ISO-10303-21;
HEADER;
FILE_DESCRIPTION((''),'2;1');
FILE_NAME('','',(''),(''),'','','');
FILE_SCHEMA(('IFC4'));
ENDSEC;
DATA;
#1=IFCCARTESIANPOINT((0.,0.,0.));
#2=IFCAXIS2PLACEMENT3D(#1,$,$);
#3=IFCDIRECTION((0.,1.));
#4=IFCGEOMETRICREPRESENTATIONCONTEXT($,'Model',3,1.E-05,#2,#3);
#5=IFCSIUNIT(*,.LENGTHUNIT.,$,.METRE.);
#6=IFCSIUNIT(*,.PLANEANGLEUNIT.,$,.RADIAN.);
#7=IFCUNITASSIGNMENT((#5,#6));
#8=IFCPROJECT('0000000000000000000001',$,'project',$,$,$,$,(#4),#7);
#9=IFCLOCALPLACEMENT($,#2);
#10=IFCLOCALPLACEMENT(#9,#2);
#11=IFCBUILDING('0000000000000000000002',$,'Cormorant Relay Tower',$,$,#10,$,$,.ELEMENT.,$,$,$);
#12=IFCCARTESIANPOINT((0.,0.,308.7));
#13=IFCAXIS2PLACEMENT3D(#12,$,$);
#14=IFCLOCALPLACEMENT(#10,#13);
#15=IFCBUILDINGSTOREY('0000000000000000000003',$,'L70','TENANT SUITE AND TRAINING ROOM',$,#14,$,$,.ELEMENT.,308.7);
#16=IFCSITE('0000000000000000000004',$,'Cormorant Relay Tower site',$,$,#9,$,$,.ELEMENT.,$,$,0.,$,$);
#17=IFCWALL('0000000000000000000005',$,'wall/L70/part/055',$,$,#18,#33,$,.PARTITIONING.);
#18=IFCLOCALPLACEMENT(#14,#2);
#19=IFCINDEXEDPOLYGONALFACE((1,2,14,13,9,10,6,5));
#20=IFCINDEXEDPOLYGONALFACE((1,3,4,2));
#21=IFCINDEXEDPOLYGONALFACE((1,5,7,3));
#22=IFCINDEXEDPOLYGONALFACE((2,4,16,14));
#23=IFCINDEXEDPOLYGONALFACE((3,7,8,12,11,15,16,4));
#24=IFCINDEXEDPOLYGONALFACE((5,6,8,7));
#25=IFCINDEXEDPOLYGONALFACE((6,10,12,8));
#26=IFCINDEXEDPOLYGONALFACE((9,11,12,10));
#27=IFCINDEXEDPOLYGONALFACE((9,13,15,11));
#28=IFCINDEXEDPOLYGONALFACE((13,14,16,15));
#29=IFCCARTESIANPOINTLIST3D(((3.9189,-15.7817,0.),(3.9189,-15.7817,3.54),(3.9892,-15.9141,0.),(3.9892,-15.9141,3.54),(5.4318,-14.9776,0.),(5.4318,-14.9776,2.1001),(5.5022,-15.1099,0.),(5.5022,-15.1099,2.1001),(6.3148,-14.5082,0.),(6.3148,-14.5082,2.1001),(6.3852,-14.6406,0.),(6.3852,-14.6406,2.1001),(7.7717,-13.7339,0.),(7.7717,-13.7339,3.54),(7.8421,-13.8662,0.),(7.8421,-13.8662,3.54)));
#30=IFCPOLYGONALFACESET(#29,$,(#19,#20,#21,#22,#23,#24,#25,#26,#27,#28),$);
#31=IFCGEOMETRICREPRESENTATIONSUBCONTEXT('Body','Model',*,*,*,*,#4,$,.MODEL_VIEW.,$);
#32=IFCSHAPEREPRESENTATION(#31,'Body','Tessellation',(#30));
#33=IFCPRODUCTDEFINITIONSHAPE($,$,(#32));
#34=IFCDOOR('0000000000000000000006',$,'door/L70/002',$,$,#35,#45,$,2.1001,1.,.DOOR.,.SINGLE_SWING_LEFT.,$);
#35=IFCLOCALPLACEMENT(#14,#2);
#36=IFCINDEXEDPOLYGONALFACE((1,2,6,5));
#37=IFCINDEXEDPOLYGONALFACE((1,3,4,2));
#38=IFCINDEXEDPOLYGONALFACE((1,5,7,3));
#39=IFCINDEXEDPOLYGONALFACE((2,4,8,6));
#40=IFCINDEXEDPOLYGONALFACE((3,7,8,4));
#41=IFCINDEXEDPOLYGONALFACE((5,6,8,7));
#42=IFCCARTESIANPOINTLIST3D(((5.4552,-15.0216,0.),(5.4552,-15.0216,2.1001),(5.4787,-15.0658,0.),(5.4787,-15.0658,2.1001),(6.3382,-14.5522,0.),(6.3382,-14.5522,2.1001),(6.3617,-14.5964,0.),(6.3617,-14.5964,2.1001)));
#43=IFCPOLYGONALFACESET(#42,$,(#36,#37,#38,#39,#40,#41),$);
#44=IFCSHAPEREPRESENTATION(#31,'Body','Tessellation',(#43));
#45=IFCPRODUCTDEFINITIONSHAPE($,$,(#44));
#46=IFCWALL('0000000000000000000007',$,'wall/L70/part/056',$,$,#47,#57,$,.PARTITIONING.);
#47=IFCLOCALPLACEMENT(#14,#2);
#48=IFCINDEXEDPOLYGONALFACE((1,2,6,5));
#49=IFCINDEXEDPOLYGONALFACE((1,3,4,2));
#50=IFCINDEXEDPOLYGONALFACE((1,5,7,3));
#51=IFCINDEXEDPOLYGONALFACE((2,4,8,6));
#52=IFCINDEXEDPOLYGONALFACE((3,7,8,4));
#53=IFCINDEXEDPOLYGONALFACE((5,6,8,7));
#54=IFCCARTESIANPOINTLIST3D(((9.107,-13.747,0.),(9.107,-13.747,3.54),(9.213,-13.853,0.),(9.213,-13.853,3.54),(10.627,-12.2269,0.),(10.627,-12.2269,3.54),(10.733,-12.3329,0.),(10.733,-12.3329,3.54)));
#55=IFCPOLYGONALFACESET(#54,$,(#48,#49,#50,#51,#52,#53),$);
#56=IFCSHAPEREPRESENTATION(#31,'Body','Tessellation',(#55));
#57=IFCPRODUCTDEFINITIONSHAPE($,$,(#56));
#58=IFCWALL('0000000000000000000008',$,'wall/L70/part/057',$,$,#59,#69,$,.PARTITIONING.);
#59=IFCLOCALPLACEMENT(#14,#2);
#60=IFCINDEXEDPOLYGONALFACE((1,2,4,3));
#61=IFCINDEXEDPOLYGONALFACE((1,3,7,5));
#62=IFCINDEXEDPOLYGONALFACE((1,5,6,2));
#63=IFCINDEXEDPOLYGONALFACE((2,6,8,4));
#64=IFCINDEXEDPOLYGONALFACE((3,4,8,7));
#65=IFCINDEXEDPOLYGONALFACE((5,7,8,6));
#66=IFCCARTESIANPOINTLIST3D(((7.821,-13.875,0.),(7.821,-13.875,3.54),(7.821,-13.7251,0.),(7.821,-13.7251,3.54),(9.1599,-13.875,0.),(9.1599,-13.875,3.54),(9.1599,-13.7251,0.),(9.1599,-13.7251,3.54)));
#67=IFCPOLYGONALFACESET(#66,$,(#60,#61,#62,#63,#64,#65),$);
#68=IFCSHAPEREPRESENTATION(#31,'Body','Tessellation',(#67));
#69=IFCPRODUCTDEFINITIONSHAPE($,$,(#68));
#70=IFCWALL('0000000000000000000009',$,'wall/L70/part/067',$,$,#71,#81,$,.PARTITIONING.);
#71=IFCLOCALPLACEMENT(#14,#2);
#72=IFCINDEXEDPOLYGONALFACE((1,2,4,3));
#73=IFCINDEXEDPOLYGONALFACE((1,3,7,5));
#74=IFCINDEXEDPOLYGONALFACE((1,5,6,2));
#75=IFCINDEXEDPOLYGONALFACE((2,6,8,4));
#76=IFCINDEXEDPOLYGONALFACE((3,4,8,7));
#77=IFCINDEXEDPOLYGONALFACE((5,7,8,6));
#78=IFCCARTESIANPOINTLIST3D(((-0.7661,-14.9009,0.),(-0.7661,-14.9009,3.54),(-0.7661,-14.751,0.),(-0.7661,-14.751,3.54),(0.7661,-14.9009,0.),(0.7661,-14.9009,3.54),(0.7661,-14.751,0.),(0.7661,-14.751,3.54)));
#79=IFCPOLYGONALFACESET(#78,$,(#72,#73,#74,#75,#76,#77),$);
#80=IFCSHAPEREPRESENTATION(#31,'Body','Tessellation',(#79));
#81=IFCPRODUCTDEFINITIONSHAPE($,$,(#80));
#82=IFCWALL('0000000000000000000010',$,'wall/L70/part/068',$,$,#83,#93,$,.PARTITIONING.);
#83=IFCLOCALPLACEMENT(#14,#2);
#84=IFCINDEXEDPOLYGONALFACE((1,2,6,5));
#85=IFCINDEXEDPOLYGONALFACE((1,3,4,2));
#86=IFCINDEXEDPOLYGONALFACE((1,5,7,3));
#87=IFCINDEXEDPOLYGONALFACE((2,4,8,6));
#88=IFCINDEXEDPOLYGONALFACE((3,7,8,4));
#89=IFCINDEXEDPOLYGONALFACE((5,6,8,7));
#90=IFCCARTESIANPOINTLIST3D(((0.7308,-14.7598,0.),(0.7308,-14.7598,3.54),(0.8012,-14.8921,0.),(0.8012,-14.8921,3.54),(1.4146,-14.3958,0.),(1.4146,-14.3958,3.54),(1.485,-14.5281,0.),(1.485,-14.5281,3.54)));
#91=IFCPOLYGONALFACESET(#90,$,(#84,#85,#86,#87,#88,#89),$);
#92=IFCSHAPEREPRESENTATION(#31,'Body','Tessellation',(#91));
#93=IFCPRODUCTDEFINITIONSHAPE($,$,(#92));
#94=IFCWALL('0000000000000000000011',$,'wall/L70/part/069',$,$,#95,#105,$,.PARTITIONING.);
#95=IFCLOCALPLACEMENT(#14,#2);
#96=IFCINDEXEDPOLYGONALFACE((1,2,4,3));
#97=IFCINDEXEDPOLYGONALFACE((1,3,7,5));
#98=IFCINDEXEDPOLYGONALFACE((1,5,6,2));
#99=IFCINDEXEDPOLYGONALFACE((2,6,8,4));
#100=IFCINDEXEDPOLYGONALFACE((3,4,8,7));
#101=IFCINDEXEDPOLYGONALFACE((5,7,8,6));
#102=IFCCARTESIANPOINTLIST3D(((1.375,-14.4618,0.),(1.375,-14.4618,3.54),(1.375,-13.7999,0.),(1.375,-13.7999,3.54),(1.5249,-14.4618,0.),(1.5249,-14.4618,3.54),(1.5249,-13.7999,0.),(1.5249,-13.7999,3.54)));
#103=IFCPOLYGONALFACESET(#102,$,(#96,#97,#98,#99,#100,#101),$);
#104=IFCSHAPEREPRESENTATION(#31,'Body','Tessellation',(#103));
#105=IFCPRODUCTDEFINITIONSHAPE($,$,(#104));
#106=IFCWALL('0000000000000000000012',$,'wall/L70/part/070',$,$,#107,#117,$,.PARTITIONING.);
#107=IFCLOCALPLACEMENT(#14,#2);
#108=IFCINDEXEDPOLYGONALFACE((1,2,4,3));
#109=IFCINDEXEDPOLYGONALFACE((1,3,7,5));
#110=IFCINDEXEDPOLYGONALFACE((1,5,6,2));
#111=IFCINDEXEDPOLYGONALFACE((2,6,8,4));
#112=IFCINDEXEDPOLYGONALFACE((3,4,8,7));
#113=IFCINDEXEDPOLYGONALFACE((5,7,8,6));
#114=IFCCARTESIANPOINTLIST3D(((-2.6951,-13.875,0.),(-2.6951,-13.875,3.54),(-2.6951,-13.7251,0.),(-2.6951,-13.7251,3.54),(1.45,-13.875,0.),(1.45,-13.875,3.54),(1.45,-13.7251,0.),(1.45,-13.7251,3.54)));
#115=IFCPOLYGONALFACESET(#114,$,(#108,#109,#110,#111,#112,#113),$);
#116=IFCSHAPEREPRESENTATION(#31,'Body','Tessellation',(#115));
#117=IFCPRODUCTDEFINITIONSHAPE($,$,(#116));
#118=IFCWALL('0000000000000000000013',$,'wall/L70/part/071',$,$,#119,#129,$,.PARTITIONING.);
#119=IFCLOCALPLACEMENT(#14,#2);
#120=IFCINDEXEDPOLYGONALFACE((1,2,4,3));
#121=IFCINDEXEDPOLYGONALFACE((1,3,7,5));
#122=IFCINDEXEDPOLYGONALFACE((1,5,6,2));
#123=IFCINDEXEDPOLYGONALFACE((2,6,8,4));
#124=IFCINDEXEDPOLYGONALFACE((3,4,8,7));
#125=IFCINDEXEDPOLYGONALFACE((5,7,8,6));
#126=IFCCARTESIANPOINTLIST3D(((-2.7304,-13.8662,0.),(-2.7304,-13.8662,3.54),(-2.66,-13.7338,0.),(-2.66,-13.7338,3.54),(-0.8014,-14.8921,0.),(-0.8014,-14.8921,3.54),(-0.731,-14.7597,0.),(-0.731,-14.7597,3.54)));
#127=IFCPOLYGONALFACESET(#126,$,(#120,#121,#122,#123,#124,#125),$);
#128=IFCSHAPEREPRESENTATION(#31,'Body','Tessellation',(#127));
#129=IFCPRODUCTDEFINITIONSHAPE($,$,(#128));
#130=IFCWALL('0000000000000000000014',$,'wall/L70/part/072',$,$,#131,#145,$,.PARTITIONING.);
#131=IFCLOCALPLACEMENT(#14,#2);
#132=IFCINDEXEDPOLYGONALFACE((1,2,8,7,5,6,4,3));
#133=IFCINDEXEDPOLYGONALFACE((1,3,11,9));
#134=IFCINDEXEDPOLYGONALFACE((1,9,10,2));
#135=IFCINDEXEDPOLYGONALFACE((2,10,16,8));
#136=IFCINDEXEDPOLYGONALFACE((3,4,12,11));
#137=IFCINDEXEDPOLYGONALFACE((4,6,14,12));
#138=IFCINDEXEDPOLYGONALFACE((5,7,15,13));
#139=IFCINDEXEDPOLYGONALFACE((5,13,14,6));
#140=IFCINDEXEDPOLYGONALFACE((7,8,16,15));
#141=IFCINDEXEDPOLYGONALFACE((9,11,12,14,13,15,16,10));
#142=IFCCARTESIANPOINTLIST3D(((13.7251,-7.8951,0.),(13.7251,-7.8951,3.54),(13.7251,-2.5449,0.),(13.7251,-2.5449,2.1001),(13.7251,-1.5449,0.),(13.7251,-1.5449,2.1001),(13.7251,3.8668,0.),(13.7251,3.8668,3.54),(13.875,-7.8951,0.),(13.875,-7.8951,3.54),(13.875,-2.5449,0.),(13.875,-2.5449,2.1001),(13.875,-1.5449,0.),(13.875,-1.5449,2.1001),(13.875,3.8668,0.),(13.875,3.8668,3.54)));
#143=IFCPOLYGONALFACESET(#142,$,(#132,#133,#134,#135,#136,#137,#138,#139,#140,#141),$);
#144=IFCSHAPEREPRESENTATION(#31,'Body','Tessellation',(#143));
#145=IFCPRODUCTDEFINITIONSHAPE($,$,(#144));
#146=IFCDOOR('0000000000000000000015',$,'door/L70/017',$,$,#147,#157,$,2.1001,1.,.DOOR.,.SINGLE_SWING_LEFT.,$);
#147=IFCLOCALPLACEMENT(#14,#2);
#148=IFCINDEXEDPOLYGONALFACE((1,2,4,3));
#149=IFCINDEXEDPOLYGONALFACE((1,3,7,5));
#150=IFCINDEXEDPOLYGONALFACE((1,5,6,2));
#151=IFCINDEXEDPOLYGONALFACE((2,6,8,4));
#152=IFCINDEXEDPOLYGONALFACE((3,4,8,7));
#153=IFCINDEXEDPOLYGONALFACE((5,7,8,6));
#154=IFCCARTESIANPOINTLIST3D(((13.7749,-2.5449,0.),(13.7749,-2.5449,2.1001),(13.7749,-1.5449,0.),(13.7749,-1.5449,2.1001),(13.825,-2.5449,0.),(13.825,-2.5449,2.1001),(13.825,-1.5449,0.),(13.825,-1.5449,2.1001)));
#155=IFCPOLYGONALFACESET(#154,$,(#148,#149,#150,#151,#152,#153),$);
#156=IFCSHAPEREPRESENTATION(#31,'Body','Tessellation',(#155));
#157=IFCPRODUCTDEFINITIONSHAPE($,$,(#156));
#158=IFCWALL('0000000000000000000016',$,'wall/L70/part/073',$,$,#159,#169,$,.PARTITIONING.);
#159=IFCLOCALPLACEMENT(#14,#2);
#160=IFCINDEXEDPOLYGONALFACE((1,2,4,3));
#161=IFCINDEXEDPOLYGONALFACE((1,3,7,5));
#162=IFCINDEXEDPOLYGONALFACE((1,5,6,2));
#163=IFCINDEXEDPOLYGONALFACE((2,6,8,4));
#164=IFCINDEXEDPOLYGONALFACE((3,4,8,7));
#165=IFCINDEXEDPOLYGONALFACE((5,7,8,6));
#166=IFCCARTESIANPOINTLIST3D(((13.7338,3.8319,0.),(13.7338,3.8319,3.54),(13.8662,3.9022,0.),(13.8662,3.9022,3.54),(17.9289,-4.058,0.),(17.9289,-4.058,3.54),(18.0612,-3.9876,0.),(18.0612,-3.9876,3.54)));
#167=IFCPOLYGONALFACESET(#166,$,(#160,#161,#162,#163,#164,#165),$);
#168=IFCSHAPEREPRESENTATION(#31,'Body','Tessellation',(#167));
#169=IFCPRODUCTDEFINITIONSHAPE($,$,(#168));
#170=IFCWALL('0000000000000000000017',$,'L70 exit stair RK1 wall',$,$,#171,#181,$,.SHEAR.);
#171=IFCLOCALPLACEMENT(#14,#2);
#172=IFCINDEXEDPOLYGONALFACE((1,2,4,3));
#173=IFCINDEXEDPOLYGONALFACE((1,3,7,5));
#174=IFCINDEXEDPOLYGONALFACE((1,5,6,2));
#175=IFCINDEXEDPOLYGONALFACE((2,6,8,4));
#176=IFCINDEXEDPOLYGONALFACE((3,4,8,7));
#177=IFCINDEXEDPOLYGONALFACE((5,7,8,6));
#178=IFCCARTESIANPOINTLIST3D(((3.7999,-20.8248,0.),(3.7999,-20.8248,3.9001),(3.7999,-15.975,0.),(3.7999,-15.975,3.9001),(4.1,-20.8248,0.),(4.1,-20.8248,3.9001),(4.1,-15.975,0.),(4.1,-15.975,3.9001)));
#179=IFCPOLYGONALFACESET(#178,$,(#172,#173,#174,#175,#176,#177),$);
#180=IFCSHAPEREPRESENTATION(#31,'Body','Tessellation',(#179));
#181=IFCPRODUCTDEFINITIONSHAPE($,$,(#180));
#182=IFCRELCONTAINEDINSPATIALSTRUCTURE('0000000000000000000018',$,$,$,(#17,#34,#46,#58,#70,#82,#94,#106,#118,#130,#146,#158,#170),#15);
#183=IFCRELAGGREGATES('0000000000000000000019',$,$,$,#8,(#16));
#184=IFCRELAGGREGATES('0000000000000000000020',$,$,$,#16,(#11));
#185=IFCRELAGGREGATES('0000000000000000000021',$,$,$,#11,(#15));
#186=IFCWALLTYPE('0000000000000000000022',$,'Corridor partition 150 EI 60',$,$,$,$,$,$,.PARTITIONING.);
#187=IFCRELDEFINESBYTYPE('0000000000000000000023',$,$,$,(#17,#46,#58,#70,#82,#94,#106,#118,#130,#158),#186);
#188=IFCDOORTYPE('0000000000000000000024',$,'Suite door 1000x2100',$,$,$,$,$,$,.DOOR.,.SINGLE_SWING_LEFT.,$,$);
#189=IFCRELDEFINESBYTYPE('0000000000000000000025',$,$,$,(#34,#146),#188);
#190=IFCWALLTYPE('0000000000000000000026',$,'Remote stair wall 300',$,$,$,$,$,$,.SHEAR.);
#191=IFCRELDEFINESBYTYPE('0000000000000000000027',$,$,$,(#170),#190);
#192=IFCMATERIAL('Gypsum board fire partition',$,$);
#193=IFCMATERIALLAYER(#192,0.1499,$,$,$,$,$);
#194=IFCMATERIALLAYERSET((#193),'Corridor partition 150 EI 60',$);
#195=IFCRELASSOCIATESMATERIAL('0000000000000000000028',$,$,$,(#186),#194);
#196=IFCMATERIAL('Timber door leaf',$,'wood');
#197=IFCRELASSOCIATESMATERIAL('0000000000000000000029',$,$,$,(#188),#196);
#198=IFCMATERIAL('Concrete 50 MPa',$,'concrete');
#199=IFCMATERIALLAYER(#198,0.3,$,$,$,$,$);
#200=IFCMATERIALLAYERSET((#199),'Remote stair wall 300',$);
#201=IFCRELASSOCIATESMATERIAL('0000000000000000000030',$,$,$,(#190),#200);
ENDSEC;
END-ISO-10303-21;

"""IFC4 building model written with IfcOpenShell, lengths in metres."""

from ifc_helpers import new_model, si_unit, direction, frame, frame_2d, origin, place, context, subcontext, project, spatial, rectangle, extrude, material, layer, layer_set, type_object, element, fill, save


model = new_model("IFC4")

# Units and contexts
model_context = context("Model", 3, precision=1e-05, world=origin(), true_north=direction((0.0, 1.0)))
body_context = subcontext(model_context, "Body", "Model", "MODEL_VIEW")
ifc_project = project(units=[si_unit("LENGTHUNIT", "METRE"), si_unit("PLANEANGLEUNIT", "RADIAN")], contexts=[model_context])

# Site, building, storey
site_placement = place(None, origin())
site = spatial("IfcSite", under=ifc_project, at=site_placement, Name="Cormorant Relay Tower site", CompositionType="ELEMENT", RefElevation=0.0)
building_placement = place(site_placement, origin())
building = spatial("IfcBuilding", under=site, at=building_placement, Name="Cormorant Relay Tower", CompositionType="ELEMENT")
storey_placement = place(building_placement, frame((0.0, 0.0, 308.7)))
storey = spatial("IfcBuildingStorey", under=building, at=storey_placement, Name="L70", Description="TENANT SUITE AND TRAINING ROOM", CompositionType="ELEMENT", Elevation=308.7)

# Wall, opening, door
ifc_material_1 = material(Name="Gypsum board fire partition")
ifc_layer_1 = layer(ifc_material_1, 0.1499)
ifc_layer_set_1 = layer_set([ifc_layer_1], Name="Corridor partition 150 EI 60")
wall_type_1 = type_object("IfcWallType", Name="Corridor partition 150 EI 60", PredefinedType="PARTITIONING", material=ifc_layer_set_1)
ifc_material_2 = material(Name="Timber door leaf", Category="wood")
door_type_1 = type_object("IfcDoorType", Name="Suite door 1000x2100", OperationType="SINGLE_SWING_LEFT", PredefinedType="DOOR", material=ifc_material_2)
wall_1_placement = place(storey_placement, frame((7.8069, -13.8, 0.0), z_axis=(0.0, 0.0, 1.0), x_axis=(-0.883015, -0.469345, 0.0)))
wall_1 = element("IfcWall", 1, at=wall_1_placement, inside=storey, type_object=wall_type_1, Name="wall/L70/part/055", PredefinedType="PARTITIONING", context=body_context, shape_type="SweptSolid", body=[
    extrude(rectangle(XDim=4.3633, YDim=0.1499, at=frame_2d((2.1816, 0.0))), origin(), (0.0, 0.0, 1.0), 3.54),
])
opening_1_placement = place(wall_1_placement, frame((1.6499, 0.0, 0.0)))
opening_1 = element("IfcOpeningElement", 2, at=opening_1_placement, cuts=wall_1, PredefinedType="OPENING", context=body_context, shape_type="SweptSolid", body=[
    extrude(rectangle(XDim=1.0, YDim=2.1001, at=frame_2d((0.5, 1.05))), frame((0.0, 0.085, 0.0), z_axis=(0.0, -1.0, 0.0), x_axis=(1.0, 0.0, 0.0)), (0.0, 0.0, 1.0), 0.1699),
])
door_1_placement = place(opening_1_placement, origin())
door_1 = element("IfcDoor", 3, at=door_1_placement, inside=storey, type_object=door_type_1, Name="door/L70/002", OperationType="SINGLE_SWING_LEFT", OverallHeight=2.1001, OverallWidth=1.0, PredefinedType="DOOR", context=body_context, shape_type="SweptSolid", body=[
    extrude(rectangle(XDim=1.0, YDim=2.1001, at=frame_2d((0.5, 1.05))), frame((0.0, 0.0249, 0.0), z_axis=(0.0, -1.0, 0.0), x_axis=(1.0, 0.0, 0.0)), (0.0, 0.0, 1.0), 0.05),
])
fill(opening_1, door_1)

# Walls
wall_2_placement = place(storey_placement, frame((10.6799, -12.28, 0.0), z_axis=(0.0, 0.0, 1.0), x_axis=(-0.707107, -0.707107, 0.0)))
element("IfcWall", 4, at=wall_2_placement, inside=storey, type_object=wall_type_1, Name="wall/L70/part/056", PredefinedType="PARTITIONING", context=body_context, shape_type="SweptSolid", body=[
    extrude(rectangle(XDim=2.1497, YDim=0.1499, at=frame_2d((1.0747, 0.0))), origin(), (0.0, 0.0, 1.0), 3.54),
])
wall_3_placement = place(storey_placement, frame((9.1599, -13.8, 0.0), z_axis=(0.0, 0.0, 1.0), x_axis=(-1.0, 0.0, 0.0)))
element("IfcWall", 5, at=wall_3_placement, inside=storey, type_object=wall_type_1, Name="wall/L70/part/057", PredefinedType="PARTITIONING", context=body_context, shape_type="SweptSolid", body=[
    extrude(rectangle(XDim=1.3389, YDim=0.1499, at=frame_2d((0.6694, 0.0))), origin(), (0.0, 0.0, 1.0), 3.54),
])
wall_4_placement = place(storey_placement, frame((-0.7661, -14.8259, 0.0), z_axis=(0.0, 0.0, 1.0), x_axis=(1.0, 0.0, 0.0)))
element("IfcWall", 6, at=wall_4_placement, inside=storey, type_object=wall_type_1, Name="wall/L70/part/067", PredefinedType="PARTITIONING", context=body_context, shape_type="SweptSolid", body=[
    extrude(rectangle(XDim=1.5322, YDim=0.1499, at=frame_2d((0.7661, 0.0))), origin(), (0.0, 0.0, 1.0), 3.54),
])
wall_5_placement = place(storey_placement, frame((0.7661, -14.8259, 0.0), z_axis=(0.0, 0.0, 1.0), x_axis=(0.882728, 0.469885, 0.0)))
element("IfcWall", 7, at=wall_5_placement, inside=storey, type_object=wall_type_1, Name="wall/L70/part/068", PredefinedType="PARTITIONING", context=body_context, shape_type="SweptSolid", body=[
    extrude(rectangle(XDim=0.7747, YDim=0.1499, at=frame_2d((0.3872, 0.0))), origin(), (0.0, 0.0, 1.0), 3.54),
])
wall_6_placement = place(storey_placement, frame((1.45, -14.4619, 0.0), z_axis=(0.0, 0.0, 1.0), x_axis=(0.0, 1.0, 0.0)))
element("IfcWall", 8, at=wall_6_placement, inside=storey, type_object=wall_type_1, Name="wall/L70/part/069", PredefinedType="PARTITIONING", context=body_context, shape_type="SweptSolid", body=[
    extrude(rectangle(XDim=0.6619, YDim=0.1499, at=frame_2d((0.3311, 0.0))), origin(), (0.0, 0.0, 1.0), 3.54),
])
wall_7_placement = place(storey_placement, frame((1.45, -13.8, 0.0), z_axis=(0.0, 0.0, 1.0), x_axis=(-1.0, 0.0, 0.0)))
element("IfcWall", 9, at=wall_7_placement, inside=storey, type_object=wall_type_1, Name="wall/L70/part/070", PredefinedType="PARTITIONING", context=body_context, shape_type="SweptSolid", body=[
    extrude(rectangle(XDim=4.145, YDim=0.1499, at=frame_2d((2.0725, 0.0))), origin(), (0.0, 0.0, 1.0), 3.54),
])
wall_8_placement = place(storey_placement, frame((-2.6951, -13.8, 0.0), z_axis=(0.0, 0.0, 1.0), x_axis=(0.882903, -0.469556, 0.0)))
element("IfcWall", 10, at=wall_8_placement, inside=storey, type_object=wall_type_1, Name="wall/L70/part/071", PredefinedType="PARTITIONING", context=body_context, shape_type="SweptSolid", body=[
    extrude(rectangle(XDim=2.1848, YDim=0.1499, at=frame_2d((1.0923, 0.0))), origin(), (0.0, 0.0, 1.0), 3.54),
])

# Wall, opening, door
wall_9_placement = place(storey_placement, frame((13.8, -7.895, 0.0), z_axis=(0.0, 0.0, 1.0), x_axis=(0.0, 1.0, 0.0)))
wall_9 = element("IfcWall", 11, at=wall_9_placement, inside=storey, type_object=wall_type_1, Name="wall/L70/part/072", PredefinedType="PARTITIONING", context=body_context, shape_type="SweptSolid", body=[
    extrude(rectangle(XDim=11.762, YDim=0.1499, at=frame_2d((5.8809, 0.0))), origin(), (0.0, 0.0, 1.0), 3.54),
])
opening_2_placement = place(wall_9_placement, frame((5.3501, 0.0, 0.0)))
opening_2 = element("IfcOpeningElement", 12, at=opening_2_placement, cuts=wall_9, PredefinedType="OPENING", context=body_context, shape_type="SweptSolid", body=[
    extrude(rectangle(XDim=1.0, YDim=2.1001, at=frame_2d((0.5, 1.05))), frame((0.0, 0.085, 0.0), z_axis=(0.0, -1.0, 0.0), x_axis=(1.0, 0.0, 0.0)), (0.0, 0.0, 1.0), 0.1699),
])
door_2_placement = place(opening_2_placement, frame((1.0, 0.0, 0.0), z_axis=(0.0, 0.0, 1.0), x_axis=(-1.0, 0.0, 0.0)))
door_2 = element("IfcDoor", 13, at=door_2_placement, inside=storey, type_object=door_type_1, Name="door/L70/017", OperationType="SINGLE_SWING_LEFT", OverallHeight=2.1001, OverallWidth=1.0, PredefinedType="DOOR", context=body_context, shape_type="SweptSolid", body=[
    extrude(rectangle(XDim=1.0, YDim=2.1001, at=frame_2d((0.5, 1.05))), frame((0.0, 0.0249, 0.0), z_axis=(0.0, -1.0, 0.0), x_axis=(1.0, 0.0, 0.0)), (0.0, 0.0, 1.0), 0.05),
])
fill(opening_2, door_2)

# Walls
wall_10_placement = place(storey_placement, frame((13.8, 3.8669, 0.0), z_axis=(0.0, 0.0, 1.0), x_axis=(0.469466, -0.88295, 0.0)))
element("IfcWall", 14, at=wall_10_placement, inside=storey, type_object=wall_type_1, Name="wall/L70/part/073", PredefinedType="PARTITIONING", context=body_context, shape_type="SweptSolid", body=[
    extrude(rectangle(XDim=8.9358, YDim=0.1499, at=frame_2d((4.4678, 0.0))), origin(), (0.0, 0.0, 1.0), 3.54),
])
ifc_material_3 = material(Name="Concrete 50 MPa", Category="concrete")
ifc_layer_2 = layer(ifc_material_3, 0.3)
ifc_layer_set_2 = layer_set([ifc_layer_2], Name="Remote stair wall 300")
wall_type_2 = type_object("IfcWallType", Name="Remote stair wall 300", PredefinedType="SHEAR", material=ifc_layer_set_2)
wall_11_placement = place(storey_placement, frame((3.95, -15.9751, 0.0), z_axis=(0.0, 0.0, 1.0), x_axis=(0.0, -1.0, 0.0)))
element("IfcWall", 15, at=wall_11_placement, inside=storey, type_object=wall_type_2, Name="L70 exit stair RK1 wall", PredefinedType="SHEAR", context=body_context, shape_type="SweptSolid", body=[
    extrude(rectangle(XDim=4.8499, YDim=0.3, at=frame_2d((2.4248, 0.0))), origin(), (0.0, 0.0, 1.0), 3.9001),
])

save(model, "model.ifc")
